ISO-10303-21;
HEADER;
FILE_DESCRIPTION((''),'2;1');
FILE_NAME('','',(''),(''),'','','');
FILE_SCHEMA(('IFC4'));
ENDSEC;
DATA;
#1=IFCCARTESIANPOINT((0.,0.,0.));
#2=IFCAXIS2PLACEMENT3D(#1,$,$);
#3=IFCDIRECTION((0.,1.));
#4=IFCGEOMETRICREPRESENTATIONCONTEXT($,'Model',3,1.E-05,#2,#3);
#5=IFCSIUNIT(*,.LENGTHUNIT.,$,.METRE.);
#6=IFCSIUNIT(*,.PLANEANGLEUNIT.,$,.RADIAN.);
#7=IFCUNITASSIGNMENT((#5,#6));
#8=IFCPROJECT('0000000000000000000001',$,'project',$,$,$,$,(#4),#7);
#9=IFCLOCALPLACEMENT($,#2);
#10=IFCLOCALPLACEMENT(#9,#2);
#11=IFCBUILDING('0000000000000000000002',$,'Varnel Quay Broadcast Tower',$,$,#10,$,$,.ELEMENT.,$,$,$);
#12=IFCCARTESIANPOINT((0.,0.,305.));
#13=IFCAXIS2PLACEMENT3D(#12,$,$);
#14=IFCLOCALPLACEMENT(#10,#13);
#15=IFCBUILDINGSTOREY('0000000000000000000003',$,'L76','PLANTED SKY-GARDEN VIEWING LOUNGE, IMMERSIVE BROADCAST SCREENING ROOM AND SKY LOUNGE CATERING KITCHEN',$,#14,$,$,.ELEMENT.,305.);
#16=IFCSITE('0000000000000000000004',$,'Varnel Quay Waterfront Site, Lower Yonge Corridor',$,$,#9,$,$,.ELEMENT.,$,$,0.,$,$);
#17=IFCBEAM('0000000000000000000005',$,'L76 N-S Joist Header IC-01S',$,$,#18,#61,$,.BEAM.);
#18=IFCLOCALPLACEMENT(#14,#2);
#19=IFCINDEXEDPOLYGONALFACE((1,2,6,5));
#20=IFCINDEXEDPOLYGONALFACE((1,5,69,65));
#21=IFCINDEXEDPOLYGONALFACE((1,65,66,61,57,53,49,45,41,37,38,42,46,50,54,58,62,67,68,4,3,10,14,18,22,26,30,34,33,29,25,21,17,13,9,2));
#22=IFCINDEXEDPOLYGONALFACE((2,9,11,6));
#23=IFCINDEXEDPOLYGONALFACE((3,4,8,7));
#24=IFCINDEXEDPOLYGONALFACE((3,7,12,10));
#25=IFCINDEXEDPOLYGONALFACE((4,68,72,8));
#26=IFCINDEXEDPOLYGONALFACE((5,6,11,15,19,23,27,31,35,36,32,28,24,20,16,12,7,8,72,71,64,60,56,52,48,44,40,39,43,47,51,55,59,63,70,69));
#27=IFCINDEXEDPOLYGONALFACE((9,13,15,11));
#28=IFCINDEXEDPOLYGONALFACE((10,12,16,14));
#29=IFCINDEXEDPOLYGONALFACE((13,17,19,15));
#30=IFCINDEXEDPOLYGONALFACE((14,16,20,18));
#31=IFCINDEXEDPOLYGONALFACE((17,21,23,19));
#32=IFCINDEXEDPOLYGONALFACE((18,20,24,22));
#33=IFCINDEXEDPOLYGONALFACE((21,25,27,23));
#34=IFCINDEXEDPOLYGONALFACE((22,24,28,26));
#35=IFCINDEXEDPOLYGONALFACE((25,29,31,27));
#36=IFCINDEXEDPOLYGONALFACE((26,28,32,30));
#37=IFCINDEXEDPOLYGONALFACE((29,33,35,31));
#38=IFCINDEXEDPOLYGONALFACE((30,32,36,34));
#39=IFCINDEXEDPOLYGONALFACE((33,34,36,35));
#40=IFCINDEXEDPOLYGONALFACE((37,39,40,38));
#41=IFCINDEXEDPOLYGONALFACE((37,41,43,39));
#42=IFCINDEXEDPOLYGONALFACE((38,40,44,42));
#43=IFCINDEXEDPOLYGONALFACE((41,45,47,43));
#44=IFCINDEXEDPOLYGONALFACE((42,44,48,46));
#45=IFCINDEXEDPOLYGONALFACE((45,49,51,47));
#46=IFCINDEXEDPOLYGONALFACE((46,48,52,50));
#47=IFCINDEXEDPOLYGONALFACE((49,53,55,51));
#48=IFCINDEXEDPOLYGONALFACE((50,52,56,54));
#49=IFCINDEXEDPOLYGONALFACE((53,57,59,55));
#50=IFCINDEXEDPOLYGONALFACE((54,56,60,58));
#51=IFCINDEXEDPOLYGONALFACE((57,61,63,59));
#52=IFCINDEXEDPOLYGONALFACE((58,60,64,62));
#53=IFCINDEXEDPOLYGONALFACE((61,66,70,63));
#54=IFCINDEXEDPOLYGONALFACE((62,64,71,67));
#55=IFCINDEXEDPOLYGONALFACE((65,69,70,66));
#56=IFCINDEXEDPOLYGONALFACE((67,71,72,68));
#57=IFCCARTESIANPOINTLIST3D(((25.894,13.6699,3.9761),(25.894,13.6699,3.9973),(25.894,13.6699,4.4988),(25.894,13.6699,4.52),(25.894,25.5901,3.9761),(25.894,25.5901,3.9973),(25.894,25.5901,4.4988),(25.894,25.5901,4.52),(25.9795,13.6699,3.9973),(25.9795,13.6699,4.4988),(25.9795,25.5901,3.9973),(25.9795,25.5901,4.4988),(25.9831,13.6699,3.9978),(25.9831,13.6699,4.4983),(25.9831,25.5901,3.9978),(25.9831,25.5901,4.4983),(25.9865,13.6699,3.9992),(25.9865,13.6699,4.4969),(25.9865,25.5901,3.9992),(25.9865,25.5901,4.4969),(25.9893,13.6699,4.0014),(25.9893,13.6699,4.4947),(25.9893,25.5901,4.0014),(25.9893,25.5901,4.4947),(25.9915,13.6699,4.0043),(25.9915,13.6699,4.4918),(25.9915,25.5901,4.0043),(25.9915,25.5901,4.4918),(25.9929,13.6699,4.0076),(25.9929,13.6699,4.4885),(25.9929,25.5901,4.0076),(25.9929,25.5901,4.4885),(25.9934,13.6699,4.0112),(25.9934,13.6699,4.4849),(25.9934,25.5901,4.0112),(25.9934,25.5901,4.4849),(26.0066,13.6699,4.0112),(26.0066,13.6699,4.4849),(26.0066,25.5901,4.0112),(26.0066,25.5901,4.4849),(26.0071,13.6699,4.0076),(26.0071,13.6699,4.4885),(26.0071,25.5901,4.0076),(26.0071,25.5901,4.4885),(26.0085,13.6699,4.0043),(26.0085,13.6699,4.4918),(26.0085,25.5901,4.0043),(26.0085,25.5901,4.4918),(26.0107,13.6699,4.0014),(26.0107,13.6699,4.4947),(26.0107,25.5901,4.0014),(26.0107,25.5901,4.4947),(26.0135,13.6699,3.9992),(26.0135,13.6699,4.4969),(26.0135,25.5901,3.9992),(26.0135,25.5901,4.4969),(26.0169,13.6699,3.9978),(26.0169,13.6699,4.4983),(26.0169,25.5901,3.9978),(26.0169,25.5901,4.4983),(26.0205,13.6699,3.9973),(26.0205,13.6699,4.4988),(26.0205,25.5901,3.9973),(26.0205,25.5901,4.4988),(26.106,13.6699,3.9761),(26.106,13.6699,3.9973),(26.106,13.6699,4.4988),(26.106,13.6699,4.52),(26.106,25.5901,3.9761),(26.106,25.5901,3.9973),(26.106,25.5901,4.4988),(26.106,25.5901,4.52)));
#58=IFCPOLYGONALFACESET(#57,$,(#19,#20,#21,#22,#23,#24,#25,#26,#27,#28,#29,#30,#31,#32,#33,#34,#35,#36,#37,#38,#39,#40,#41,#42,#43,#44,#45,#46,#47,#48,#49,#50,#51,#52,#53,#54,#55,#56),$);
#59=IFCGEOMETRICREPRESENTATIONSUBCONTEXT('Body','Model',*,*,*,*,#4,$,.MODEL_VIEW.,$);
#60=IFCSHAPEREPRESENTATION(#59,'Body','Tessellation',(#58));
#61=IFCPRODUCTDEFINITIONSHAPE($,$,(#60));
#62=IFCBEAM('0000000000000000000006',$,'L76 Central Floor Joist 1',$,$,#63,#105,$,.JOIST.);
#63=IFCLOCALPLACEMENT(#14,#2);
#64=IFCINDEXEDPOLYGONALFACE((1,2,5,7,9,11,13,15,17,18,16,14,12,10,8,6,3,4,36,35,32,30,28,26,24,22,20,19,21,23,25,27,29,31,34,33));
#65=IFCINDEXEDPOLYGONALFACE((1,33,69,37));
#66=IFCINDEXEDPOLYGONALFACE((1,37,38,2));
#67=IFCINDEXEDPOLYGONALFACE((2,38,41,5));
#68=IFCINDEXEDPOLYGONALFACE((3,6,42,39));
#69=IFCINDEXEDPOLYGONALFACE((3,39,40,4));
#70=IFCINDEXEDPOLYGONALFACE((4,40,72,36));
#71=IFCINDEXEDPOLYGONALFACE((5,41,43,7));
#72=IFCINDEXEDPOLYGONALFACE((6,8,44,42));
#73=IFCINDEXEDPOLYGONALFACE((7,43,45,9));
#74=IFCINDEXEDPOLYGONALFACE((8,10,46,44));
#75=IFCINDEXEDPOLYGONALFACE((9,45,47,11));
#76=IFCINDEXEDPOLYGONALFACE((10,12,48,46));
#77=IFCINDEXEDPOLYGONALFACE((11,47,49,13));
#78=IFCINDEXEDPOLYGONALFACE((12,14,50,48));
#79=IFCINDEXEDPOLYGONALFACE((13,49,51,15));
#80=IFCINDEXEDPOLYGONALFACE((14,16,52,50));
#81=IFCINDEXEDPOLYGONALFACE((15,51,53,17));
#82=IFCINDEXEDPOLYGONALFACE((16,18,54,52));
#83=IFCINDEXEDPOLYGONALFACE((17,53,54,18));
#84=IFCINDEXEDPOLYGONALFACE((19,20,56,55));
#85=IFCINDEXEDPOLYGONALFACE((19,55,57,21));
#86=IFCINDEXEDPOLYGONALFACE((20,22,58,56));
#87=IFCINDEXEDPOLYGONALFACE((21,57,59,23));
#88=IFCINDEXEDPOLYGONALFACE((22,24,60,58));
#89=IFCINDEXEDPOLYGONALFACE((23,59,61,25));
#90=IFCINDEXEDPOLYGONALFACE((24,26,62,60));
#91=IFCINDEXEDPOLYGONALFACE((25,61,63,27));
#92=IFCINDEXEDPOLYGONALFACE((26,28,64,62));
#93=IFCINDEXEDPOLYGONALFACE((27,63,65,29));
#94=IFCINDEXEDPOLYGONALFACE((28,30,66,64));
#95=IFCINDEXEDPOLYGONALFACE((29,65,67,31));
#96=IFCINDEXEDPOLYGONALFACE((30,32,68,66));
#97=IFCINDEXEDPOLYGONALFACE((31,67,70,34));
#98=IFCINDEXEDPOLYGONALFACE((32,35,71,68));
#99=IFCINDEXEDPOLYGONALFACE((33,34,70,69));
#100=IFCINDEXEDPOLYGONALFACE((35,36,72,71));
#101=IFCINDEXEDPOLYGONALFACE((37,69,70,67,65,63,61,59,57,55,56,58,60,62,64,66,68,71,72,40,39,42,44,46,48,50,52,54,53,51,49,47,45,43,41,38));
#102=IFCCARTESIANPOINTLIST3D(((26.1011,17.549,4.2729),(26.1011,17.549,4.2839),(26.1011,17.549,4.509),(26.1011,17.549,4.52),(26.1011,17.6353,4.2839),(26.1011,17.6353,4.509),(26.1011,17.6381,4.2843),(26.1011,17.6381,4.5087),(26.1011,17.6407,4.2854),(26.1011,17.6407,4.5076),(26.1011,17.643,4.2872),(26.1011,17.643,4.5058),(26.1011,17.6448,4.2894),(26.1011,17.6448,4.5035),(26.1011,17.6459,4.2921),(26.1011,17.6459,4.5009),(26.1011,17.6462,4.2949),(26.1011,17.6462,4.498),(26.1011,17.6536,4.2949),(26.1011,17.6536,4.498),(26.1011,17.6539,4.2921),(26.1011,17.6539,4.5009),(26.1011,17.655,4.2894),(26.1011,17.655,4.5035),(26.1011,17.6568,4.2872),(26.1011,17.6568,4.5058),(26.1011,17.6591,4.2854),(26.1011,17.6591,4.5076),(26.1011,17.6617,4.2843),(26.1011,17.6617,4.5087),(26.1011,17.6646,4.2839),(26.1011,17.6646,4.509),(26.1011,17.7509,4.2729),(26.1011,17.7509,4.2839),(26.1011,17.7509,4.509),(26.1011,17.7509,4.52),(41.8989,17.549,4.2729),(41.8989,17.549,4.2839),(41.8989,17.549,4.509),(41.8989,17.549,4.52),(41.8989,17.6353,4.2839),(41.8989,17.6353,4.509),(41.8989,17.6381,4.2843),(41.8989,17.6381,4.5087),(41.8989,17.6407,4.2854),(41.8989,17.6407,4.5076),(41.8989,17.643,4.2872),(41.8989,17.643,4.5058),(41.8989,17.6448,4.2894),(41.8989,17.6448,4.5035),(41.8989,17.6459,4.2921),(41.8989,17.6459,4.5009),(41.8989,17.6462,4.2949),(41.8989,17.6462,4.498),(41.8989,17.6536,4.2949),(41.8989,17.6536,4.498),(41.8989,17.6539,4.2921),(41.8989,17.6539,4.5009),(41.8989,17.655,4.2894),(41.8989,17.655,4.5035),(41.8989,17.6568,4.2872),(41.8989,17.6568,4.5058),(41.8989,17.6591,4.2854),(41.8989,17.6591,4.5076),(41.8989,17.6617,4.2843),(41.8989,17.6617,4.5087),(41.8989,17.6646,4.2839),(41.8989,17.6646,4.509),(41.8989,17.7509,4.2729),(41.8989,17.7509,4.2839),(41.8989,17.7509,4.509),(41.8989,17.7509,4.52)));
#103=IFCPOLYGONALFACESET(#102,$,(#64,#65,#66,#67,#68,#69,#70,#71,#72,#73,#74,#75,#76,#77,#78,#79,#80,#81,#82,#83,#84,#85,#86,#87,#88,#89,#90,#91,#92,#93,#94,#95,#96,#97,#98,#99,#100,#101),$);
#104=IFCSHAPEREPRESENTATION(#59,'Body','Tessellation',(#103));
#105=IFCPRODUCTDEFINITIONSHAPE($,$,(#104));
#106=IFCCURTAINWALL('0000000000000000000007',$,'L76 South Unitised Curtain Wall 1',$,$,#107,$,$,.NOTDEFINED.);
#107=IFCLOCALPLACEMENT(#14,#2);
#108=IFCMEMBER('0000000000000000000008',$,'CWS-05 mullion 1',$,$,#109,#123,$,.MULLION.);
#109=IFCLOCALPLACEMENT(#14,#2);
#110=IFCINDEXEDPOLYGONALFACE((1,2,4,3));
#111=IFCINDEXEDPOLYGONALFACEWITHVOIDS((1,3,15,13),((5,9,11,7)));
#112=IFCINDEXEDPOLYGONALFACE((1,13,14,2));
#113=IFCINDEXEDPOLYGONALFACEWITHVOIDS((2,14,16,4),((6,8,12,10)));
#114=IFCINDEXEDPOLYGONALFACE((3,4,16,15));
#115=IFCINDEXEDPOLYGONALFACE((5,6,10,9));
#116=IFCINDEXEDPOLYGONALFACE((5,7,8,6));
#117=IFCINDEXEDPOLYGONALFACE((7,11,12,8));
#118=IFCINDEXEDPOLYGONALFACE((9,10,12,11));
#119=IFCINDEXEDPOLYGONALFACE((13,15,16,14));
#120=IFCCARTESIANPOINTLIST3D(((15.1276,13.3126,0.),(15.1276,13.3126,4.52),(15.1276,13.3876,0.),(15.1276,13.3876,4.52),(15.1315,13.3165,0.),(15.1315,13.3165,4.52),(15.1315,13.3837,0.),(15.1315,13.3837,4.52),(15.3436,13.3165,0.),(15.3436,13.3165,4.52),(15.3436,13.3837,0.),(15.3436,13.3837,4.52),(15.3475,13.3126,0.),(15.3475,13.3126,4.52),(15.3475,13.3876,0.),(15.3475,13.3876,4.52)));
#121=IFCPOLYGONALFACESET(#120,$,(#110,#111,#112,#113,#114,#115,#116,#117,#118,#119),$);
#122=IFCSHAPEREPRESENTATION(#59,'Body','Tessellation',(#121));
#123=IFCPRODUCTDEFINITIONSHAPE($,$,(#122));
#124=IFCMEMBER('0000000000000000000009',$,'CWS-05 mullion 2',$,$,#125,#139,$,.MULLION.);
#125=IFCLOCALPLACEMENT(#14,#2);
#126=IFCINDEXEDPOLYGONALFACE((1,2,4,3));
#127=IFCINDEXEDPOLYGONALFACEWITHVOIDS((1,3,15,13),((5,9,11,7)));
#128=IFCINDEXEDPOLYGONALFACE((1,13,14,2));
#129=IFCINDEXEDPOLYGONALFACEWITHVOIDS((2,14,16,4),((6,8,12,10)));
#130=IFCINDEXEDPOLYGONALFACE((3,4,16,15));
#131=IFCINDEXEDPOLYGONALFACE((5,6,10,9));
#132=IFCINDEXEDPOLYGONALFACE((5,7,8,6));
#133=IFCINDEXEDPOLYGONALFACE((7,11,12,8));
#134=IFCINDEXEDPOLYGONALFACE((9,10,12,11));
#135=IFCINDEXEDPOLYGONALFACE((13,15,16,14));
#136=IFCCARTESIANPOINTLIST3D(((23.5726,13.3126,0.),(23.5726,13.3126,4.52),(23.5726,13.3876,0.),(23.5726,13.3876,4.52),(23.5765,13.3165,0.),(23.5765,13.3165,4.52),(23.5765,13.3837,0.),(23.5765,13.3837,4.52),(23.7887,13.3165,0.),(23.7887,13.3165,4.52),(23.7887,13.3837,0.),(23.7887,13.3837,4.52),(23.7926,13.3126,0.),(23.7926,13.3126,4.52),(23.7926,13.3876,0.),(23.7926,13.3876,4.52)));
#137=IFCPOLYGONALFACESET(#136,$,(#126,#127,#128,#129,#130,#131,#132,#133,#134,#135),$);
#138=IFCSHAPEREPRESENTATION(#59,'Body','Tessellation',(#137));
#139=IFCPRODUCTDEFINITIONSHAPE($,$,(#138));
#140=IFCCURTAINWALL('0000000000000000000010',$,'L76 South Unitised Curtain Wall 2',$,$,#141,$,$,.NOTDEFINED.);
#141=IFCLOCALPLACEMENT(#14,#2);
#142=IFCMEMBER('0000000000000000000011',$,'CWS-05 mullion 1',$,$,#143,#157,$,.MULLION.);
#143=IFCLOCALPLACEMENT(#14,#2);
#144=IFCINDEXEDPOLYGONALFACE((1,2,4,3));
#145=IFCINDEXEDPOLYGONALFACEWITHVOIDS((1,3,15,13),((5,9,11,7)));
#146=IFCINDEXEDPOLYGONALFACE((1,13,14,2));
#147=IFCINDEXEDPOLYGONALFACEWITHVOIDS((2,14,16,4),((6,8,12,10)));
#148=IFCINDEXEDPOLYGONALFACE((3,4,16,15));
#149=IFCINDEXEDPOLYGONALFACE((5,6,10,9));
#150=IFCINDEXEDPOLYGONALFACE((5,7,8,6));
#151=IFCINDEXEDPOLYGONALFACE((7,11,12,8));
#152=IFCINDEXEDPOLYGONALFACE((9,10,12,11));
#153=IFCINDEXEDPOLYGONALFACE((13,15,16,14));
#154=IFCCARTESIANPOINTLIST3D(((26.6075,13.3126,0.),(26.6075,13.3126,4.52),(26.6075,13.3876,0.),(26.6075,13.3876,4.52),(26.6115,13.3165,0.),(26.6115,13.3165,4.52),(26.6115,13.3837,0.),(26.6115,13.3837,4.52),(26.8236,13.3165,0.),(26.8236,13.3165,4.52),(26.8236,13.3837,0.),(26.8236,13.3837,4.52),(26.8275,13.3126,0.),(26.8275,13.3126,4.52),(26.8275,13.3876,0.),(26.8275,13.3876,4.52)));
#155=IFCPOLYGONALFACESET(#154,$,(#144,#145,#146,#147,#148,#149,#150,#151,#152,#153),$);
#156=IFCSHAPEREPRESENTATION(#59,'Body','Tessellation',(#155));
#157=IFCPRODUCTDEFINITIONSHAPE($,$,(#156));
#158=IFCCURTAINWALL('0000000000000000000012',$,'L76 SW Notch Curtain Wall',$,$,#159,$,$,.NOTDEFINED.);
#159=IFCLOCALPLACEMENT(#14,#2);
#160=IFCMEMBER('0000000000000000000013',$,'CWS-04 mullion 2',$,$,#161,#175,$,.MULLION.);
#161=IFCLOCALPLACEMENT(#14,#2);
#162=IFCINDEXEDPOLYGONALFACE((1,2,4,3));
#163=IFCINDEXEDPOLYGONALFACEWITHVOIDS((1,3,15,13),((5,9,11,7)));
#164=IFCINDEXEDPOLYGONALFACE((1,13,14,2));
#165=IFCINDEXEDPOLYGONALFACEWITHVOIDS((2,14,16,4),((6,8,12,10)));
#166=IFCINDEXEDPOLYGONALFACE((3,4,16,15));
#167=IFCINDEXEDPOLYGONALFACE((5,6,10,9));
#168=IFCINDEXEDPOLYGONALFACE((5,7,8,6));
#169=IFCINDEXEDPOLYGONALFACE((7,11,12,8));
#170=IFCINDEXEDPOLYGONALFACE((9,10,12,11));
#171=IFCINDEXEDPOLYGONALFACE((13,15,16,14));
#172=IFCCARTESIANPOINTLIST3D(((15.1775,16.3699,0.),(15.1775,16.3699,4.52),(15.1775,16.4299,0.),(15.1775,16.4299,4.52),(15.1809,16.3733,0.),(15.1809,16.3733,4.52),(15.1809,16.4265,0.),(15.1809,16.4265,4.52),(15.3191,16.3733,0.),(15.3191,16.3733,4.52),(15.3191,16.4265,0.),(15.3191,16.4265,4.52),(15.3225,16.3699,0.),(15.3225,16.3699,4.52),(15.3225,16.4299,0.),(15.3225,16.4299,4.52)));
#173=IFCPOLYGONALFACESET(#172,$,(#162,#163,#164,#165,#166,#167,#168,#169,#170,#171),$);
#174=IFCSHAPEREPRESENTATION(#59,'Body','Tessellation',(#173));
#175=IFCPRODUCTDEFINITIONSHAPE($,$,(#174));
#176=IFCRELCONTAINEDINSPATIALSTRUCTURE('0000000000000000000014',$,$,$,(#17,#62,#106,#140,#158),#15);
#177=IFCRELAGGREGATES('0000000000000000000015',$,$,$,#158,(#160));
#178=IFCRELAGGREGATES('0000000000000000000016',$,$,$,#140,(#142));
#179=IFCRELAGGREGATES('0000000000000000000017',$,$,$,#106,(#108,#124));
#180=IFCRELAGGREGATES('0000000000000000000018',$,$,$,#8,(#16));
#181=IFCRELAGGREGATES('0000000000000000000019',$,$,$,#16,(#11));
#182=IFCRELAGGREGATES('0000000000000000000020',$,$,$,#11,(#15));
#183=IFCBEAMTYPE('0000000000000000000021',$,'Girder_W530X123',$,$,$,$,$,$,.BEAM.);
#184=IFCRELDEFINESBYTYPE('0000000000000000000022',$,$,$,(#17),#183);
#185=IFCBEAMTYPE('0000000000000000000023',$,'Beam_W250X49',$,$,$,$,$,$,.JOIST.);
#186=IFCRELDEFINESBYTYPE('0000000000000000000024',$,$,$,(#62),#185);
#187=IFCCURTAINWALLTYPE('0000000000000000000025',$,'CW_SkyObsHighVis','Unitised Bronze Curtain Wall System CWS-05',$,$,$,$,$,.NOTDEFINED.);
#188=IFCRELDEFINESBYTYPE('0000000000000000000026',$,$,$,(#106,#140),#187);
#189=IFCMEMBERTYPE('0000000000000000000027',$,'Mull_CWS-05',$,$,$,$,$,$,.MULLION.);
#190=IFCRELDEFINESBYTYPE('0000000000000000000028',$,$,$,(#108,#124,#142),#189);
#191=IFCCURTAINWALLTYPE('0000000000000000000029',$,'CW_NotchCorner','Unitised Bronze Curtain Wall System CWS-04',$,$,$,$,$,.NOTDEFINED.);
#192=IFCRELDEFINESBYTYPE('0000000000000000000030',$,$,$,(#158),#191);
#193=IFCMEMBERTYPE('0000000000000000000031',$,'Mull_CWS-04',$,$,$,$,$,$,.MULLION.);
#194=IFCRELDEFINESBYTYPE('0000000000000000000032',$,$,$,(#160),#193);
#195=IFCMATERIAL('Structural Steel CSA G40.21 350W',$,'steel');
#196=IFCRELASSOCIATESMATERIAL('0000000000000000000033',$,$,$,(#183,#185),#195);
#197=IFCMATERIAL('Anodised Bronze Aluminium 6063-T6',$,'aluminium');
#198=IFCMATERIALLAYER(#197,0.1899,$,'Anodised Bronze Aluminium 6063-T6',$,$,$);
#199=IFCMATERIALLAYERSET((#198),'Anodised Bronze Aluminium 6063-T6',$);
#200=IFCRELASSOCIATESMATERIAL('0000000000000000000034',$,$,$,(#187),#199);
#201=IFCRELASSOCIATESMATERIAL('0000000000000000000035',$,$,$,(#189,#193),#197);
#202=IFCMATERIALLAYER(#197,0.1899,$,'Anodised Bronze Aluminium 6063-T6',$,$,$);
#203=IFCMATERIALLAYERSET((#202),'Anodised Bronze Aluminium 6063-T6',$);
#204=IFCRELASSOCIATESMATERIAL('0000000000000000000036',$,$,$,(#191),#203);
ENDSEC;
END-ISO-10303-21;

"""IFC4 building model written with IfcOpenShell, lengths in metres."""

from ifc_helpers import new_model, si_unit, direction, frame, origin, origin_2d, place, context, subcontext, project, spatial, hollow_rectangle, i_section, extrude, source, transform, mapped, material, layer, layer_set, material_profile, profile_set, type_object, type_shapes, element, aggregate, save


model = new_model("IFC4")

# Units and contexts
model_context = context("Model", 3, precision=1e-05, world=origin(), true_north=direction((0.0, 1.0)))
body_context = subcontext(model_context, "Body", "Model", "MODEL_VIEW")
ifc_project = project(units=[si_unit("LENGTHUNIT", "METRE"), si_unit("PLANEANGLEUNIT", "RADIAN")], contexts=[model_context])

# Site, building, storey
site_placement = place(None, origin())
site = spatial("IfcSite", under=ifc_project, at=site_placement, Name="Varnel Quay Waterfront Site, Lower Yonge Corridor", CompositionType="ELEMENT", RefElevation=0.0)
building_placement = place(site_placement, origin())
building = spatial("IfcBuilding", under=site, at=building_placement, Name="Varnel Quay Broadcast Tower", CompositionType="ELEMENT")
storey_placement = place(building_placement, frame((0.0, 0.0, 305.0)))
storey = spatial("IfcBuildingStorey", under=building, at=storey_placement, Name="L76", Description="PLANTED SKY-GARDEN VIEWING LOUNGE, IMMERSIVE BROADCAST SCREENING ROOM AND SKY LOUNGE CATERING KITCHEN", CompositionType="ELEMENT", Elevation=305.0)

# Shared definitions
ifc_material_1 = material(Name="Structural Steel CSA G40.21 350W", Category="steel")

# Beams
ifc_material_profile_1 = material_profile(ifc_material_1, i_section(OverallWidth=0.2119, OverallDepth=0.5439, WebThickness=0.0132, FlangeThickness=0.0212, FilletRadius=0.0139, at=origin_2d()), Name="W530X123")
ifc_profile_set_1 = profile_set([ifc_material_profile_1], Name="Structural Steel CSA G40.21 350W")
beam_type_1 = type_object("IfcBeamType", Name="Girder_W530X123", PredefinedType="BEAM", material=ifc_profile_set_1)
shared_shape_1 = source(origin(), body_context, "Body", "SweptSolid", [
    extrude(i_section(OverallWidth=0.2119, OverallDepth=0.5439, WebThickness=0.0132, FlangeThickness=0.0212, FilletRadius=0.0139, at=origin_2d()), origin(), (0.0, 0.0, 1.0), 11.9202),
])
type_shapes(beam_type_1, [shared_shape_1])
beam_1_placement = place(storey_placement, frame((26.0, 13.6699, 4.248), z_axis=(0.0, 1.0, 0.0), x_axis=(-1.0, 0.0, 0.0)))
element("IfcBeam", 1, at=beam_1_placement, inside=storey, type_object=beam_type_1, Name="L76 N-S Joist Header IC-01S", PredefinedType="BEAM", context=body_context, shape_type="MappedRepresentation", body=[
    mapped(shared_shape_1, transform((0.0, 0.0, 0.0), x_axis=(1.0, 0.0, 0.0), y_axis=(0.0, 1.0, 0.0), z_axis=(0.0, 0.0, 1.0), scale=1.0)),
])
ifc_material_profile_2 = material_profile(ifc_material_1, i_section(OverallWidth=0.2019, OverallDepth=0.2471, WebThickness=0.0073, FlangeThickness=0.011, FilletRadius=0.011, at=origin_2d()), Name="W250X49")
ifc_profile_set_2 = profile_set([ifc_material_profile_2], Name="Structural Steel CSA G40.21 350W")
beam_type_2 = type_object("IfcBeamType", Name="Beam_W250X49", PredefinedType="JOIST", material=ifc_profile_set_2)
shared_shape_2 = source(origin(), body_context, "Body", "SweptSolid", [
    extrude(i_section(OverallWidth=0.2019, OverallDepth=0.2471, WebThickness=0.0073, FlangeThickness=0.011, FilletRadius=0.011, at=origin_2d()), origin(), (0.0, 0.0, 1.0), 15.7979),
])
type_shapes(beam_type_2, [shared_shape_2])
beam_2_placement = place(storey_placement, frame((26.1011, 17.6499, 4.3965), z_axis=(1.0, 0.0, 0.0), x_axis=(0.0, 1.0, 0.0)))
element("IfcBeam", 2, at=beam_2_placement, inside=storey, type_object=beam_type_2, Name="L76 Central Floor Joist 1", PredefinedType="JOIST", context=body_context, shape_type="MappedRepresentation", body=[
    mapped(shared_shape_2, transform((0.0, 0.0, 0.0), x_axis=(1.0, 0.0, 0.0), y_axis=(0.0, 1.0, 0.0), z_axis=(0.0, 0.0, 1.0), scale=1.0)),
])

# Curtain wall, members
ifc_material_2 = material(Name="Anodised Bronze Aluminium 6063-T6", Category="aluminium")
ifc_layer_1 = layer(ifc_material_2, 0.1899, Name="Anodised Bronze Aluminium 6063-T6")
ifc_layer_set_1 = layer_set([ifc_layer_1], Name="Anodised Bronze Aluminium 6063-T6")
curtain_wall_type_1 = type_object("IfcCurtainWallType", Name="CW_SkyObsHighVis", Description="Unitised Bronze Curtain Wall System CWS-05", PredefinedType="NOTDEFINED", material=ifc_layer_set_1)
curtain_wall_1_placement = place(storey_placement, origin())
curtain_wall_1 = element("IfcCurtainWall", 3, at=curtain_wall_1_placement, inside=storey, type_object=curtain_wall_type_1, Name="L76 South Unitised Curtain Wall 1", PredefinedType="NOTDEFINED")
ifc_material_profile_3 = material_profile(ifc_material_2, hollow_rectangle(XDim=0.075, YDim=0.22, WallThickness=0.0039, at=origin_2d()), Name="ALU75X220X4")
ifc_profile_set_3 = profile_set([ifc_material_profile_3], Name="Anodised Bronze Aluminium 6063-T6")
member_type_1 = type_object("IfcMemberType", Name="Mull_CWS-05", PredefinedType="MULLION", material=ifc_profile_set_3)
shared_shape_3 = source(origin(), body_context, "Body", "SweptSolid", [
    extrude(hollow_rectangle(XDim=0.075, YDim=0.22, WallThickness=0.0039, at=origin_2d()), origin(), (0.0, 0.0, 1.0), 4.52),
])
type_shapes(member_type_1, [shared_shape_3])
member_1_placement = place(storey_placement, frame((15.2375, 13.3501, 0.0), z_axis=(0.0, 0.0, 1.0), x_axis=(0.0, 1.0, 0.0)))
member_1 = element("IfcMember", 4, at=member_1_placement, type_object=member_type_1, Name="CWS-05 mullion 1", PredefinedType="MULLION", context=body_context, shape_type="MappedRepresentation", body=[
    mapped(shared_shape_3, transform((0.0, 0.0, 0.0), x_axis=(1.0, 0.0, 0.0), y_axis=(0.0, 1.0, 0.0), z_axis=(0.0, 0.0, 1.0), scale=1.0)),
])
member_2_placement = place(storey_placement, frame((23.6826, 13.3501, 0.0), z_axis=(0.0, 0.0, 1.0), x_axis=(0.0, 1.0, 0.0)))
member_2 = element("IfcMember", 5, at=member_2_placement, type_object=member_type_1, Name="CWS-05 mullion 2", PredefinedType="MULLION", context=body_context, shape_type="MappedRepresentation", body=[
    mapped(shared_shape_3, transform((0.0, 0.0, 0.0), x_axis=(1.0, 0.0, 0.0), y_axis=(0.0, 1.0, 0.0), z_axis=(0.0, 0.0, 1.0), scale=1.0)),
])

# Curtain walls, members
curtain_wall_2_placement = place(storey_placement, origin())
curtain_wall_2 = element("IfcCurtainWall", 6, at=curtain_wall_2_placement, inside=storey, type_object=curtain_wall_type_1, Name="L76 South Unitised Curtain Wall 2", PredefinedType="NOTDEFINED")
member_3_placement = place(storey_placement, frame((26.7175, 13.3501, 0.0), z_axis=(0.0, 0.0, 1.0), x_axis=(0.0, 1.0, 0.0)))
member_3 = element("IfcMember", 7, at=member_3_placement, type_object=member_type_1, Name="CWS-05 mullion 1", PredefinedType="MULLION", context=body_context, shape_type="MappedRepresentation", body=[
    mapped(shared_shape_3, transform((0.0, 0.0, 0.0), x_axis=(1.0, 0.0, 0.0), y_axis=(0.0, 1.0, 0.0), z_axis=(0.0, 0.0, 1.0), scale=1.0)),
])
ifc_layer_2 = layer(ifc_material_2, 0.1899, Name="Anodised Bronze Aluminium 6063-T6")
ifc_layer_set_2 = layer_set([ifc_layer_2], Name="Anodised Bronze Aluminium 6063-T6")
curtain_wall_type_2 = type_object("IfcCurtainWallType", Name="CW_NotchCorner", Description="Unitised Bronze Curtain Wall System CWS-04", PredefinedType="NOTDEFINED", material=ifc_layer_set_2)
curtain_wall_3_placement = place(storey_placement, origin())
curtain_wall_3 = element("IfcCurtainWall", 8, at=curtain_wall_3_placement, inside=storey, type_object=curtain_wall_type_2, Name="L76 SW Notch Curtain Wall", PredefinedType="NOTDEFINED")
ifc_material_profile_4 = material_profile(ifc_material_2, hollow_rectangle(XDim=0.0601, YDim=0.145, WallThickness=0.0034, at=origin_2d()), Name="ALU60X145X3.5")
ifc_profile_set_4 = profile_set([ifc_material_profile_4], Name="Anodised Bronze Aluminium 6063-T6")
member_type_2 = type_object("IfcMemberType", Name="Mull_CWS-04", PredefinedType="MULLION", material=ifc_profile_set_4)
shared_shape_4 = source(origin(), body_context, "Body", "SweptSolid", [
    extrude(hollow_rectangle(XDim=0.0601, YDim=0.145, WallThickness=0.0034, at=origin_2d()), origin(), (0.0, 0.0, 1.0), 4.52),
])
type_shapes(member_type_2, [shared_shape_4])
member_4_placement = place(storey_placement, frame((15.25, 16.3999, 0.0), z_axis=(0.0, 0.0, 1.0), x_axis=(0.0, 1.0, 0.0)))
member_4 = element("IfcMember", 9, at=member_4_placement, type_object=member_type_2, Name="CWS-04 mullion 2", PredefinedType="MULLION", context=body_context, shape_type="MappedRepresentation", body=[
    mapped(shared_shape_4, transform((0.0, 0.0, 0.0), x_axis=(1.0, 0.0, 0.0), y_axis=(0.0, 1.0, 0.0), z_axis=(0.0, 0.0, 1.0), scale=1.0)),
])
aggregate(curtain_wall_3, [member_4])

aggregate(curtain_wall_2, [member_3])

aggregate(curtain_wall_1, [member_1, member_2])

save(model, "model.ifc")
